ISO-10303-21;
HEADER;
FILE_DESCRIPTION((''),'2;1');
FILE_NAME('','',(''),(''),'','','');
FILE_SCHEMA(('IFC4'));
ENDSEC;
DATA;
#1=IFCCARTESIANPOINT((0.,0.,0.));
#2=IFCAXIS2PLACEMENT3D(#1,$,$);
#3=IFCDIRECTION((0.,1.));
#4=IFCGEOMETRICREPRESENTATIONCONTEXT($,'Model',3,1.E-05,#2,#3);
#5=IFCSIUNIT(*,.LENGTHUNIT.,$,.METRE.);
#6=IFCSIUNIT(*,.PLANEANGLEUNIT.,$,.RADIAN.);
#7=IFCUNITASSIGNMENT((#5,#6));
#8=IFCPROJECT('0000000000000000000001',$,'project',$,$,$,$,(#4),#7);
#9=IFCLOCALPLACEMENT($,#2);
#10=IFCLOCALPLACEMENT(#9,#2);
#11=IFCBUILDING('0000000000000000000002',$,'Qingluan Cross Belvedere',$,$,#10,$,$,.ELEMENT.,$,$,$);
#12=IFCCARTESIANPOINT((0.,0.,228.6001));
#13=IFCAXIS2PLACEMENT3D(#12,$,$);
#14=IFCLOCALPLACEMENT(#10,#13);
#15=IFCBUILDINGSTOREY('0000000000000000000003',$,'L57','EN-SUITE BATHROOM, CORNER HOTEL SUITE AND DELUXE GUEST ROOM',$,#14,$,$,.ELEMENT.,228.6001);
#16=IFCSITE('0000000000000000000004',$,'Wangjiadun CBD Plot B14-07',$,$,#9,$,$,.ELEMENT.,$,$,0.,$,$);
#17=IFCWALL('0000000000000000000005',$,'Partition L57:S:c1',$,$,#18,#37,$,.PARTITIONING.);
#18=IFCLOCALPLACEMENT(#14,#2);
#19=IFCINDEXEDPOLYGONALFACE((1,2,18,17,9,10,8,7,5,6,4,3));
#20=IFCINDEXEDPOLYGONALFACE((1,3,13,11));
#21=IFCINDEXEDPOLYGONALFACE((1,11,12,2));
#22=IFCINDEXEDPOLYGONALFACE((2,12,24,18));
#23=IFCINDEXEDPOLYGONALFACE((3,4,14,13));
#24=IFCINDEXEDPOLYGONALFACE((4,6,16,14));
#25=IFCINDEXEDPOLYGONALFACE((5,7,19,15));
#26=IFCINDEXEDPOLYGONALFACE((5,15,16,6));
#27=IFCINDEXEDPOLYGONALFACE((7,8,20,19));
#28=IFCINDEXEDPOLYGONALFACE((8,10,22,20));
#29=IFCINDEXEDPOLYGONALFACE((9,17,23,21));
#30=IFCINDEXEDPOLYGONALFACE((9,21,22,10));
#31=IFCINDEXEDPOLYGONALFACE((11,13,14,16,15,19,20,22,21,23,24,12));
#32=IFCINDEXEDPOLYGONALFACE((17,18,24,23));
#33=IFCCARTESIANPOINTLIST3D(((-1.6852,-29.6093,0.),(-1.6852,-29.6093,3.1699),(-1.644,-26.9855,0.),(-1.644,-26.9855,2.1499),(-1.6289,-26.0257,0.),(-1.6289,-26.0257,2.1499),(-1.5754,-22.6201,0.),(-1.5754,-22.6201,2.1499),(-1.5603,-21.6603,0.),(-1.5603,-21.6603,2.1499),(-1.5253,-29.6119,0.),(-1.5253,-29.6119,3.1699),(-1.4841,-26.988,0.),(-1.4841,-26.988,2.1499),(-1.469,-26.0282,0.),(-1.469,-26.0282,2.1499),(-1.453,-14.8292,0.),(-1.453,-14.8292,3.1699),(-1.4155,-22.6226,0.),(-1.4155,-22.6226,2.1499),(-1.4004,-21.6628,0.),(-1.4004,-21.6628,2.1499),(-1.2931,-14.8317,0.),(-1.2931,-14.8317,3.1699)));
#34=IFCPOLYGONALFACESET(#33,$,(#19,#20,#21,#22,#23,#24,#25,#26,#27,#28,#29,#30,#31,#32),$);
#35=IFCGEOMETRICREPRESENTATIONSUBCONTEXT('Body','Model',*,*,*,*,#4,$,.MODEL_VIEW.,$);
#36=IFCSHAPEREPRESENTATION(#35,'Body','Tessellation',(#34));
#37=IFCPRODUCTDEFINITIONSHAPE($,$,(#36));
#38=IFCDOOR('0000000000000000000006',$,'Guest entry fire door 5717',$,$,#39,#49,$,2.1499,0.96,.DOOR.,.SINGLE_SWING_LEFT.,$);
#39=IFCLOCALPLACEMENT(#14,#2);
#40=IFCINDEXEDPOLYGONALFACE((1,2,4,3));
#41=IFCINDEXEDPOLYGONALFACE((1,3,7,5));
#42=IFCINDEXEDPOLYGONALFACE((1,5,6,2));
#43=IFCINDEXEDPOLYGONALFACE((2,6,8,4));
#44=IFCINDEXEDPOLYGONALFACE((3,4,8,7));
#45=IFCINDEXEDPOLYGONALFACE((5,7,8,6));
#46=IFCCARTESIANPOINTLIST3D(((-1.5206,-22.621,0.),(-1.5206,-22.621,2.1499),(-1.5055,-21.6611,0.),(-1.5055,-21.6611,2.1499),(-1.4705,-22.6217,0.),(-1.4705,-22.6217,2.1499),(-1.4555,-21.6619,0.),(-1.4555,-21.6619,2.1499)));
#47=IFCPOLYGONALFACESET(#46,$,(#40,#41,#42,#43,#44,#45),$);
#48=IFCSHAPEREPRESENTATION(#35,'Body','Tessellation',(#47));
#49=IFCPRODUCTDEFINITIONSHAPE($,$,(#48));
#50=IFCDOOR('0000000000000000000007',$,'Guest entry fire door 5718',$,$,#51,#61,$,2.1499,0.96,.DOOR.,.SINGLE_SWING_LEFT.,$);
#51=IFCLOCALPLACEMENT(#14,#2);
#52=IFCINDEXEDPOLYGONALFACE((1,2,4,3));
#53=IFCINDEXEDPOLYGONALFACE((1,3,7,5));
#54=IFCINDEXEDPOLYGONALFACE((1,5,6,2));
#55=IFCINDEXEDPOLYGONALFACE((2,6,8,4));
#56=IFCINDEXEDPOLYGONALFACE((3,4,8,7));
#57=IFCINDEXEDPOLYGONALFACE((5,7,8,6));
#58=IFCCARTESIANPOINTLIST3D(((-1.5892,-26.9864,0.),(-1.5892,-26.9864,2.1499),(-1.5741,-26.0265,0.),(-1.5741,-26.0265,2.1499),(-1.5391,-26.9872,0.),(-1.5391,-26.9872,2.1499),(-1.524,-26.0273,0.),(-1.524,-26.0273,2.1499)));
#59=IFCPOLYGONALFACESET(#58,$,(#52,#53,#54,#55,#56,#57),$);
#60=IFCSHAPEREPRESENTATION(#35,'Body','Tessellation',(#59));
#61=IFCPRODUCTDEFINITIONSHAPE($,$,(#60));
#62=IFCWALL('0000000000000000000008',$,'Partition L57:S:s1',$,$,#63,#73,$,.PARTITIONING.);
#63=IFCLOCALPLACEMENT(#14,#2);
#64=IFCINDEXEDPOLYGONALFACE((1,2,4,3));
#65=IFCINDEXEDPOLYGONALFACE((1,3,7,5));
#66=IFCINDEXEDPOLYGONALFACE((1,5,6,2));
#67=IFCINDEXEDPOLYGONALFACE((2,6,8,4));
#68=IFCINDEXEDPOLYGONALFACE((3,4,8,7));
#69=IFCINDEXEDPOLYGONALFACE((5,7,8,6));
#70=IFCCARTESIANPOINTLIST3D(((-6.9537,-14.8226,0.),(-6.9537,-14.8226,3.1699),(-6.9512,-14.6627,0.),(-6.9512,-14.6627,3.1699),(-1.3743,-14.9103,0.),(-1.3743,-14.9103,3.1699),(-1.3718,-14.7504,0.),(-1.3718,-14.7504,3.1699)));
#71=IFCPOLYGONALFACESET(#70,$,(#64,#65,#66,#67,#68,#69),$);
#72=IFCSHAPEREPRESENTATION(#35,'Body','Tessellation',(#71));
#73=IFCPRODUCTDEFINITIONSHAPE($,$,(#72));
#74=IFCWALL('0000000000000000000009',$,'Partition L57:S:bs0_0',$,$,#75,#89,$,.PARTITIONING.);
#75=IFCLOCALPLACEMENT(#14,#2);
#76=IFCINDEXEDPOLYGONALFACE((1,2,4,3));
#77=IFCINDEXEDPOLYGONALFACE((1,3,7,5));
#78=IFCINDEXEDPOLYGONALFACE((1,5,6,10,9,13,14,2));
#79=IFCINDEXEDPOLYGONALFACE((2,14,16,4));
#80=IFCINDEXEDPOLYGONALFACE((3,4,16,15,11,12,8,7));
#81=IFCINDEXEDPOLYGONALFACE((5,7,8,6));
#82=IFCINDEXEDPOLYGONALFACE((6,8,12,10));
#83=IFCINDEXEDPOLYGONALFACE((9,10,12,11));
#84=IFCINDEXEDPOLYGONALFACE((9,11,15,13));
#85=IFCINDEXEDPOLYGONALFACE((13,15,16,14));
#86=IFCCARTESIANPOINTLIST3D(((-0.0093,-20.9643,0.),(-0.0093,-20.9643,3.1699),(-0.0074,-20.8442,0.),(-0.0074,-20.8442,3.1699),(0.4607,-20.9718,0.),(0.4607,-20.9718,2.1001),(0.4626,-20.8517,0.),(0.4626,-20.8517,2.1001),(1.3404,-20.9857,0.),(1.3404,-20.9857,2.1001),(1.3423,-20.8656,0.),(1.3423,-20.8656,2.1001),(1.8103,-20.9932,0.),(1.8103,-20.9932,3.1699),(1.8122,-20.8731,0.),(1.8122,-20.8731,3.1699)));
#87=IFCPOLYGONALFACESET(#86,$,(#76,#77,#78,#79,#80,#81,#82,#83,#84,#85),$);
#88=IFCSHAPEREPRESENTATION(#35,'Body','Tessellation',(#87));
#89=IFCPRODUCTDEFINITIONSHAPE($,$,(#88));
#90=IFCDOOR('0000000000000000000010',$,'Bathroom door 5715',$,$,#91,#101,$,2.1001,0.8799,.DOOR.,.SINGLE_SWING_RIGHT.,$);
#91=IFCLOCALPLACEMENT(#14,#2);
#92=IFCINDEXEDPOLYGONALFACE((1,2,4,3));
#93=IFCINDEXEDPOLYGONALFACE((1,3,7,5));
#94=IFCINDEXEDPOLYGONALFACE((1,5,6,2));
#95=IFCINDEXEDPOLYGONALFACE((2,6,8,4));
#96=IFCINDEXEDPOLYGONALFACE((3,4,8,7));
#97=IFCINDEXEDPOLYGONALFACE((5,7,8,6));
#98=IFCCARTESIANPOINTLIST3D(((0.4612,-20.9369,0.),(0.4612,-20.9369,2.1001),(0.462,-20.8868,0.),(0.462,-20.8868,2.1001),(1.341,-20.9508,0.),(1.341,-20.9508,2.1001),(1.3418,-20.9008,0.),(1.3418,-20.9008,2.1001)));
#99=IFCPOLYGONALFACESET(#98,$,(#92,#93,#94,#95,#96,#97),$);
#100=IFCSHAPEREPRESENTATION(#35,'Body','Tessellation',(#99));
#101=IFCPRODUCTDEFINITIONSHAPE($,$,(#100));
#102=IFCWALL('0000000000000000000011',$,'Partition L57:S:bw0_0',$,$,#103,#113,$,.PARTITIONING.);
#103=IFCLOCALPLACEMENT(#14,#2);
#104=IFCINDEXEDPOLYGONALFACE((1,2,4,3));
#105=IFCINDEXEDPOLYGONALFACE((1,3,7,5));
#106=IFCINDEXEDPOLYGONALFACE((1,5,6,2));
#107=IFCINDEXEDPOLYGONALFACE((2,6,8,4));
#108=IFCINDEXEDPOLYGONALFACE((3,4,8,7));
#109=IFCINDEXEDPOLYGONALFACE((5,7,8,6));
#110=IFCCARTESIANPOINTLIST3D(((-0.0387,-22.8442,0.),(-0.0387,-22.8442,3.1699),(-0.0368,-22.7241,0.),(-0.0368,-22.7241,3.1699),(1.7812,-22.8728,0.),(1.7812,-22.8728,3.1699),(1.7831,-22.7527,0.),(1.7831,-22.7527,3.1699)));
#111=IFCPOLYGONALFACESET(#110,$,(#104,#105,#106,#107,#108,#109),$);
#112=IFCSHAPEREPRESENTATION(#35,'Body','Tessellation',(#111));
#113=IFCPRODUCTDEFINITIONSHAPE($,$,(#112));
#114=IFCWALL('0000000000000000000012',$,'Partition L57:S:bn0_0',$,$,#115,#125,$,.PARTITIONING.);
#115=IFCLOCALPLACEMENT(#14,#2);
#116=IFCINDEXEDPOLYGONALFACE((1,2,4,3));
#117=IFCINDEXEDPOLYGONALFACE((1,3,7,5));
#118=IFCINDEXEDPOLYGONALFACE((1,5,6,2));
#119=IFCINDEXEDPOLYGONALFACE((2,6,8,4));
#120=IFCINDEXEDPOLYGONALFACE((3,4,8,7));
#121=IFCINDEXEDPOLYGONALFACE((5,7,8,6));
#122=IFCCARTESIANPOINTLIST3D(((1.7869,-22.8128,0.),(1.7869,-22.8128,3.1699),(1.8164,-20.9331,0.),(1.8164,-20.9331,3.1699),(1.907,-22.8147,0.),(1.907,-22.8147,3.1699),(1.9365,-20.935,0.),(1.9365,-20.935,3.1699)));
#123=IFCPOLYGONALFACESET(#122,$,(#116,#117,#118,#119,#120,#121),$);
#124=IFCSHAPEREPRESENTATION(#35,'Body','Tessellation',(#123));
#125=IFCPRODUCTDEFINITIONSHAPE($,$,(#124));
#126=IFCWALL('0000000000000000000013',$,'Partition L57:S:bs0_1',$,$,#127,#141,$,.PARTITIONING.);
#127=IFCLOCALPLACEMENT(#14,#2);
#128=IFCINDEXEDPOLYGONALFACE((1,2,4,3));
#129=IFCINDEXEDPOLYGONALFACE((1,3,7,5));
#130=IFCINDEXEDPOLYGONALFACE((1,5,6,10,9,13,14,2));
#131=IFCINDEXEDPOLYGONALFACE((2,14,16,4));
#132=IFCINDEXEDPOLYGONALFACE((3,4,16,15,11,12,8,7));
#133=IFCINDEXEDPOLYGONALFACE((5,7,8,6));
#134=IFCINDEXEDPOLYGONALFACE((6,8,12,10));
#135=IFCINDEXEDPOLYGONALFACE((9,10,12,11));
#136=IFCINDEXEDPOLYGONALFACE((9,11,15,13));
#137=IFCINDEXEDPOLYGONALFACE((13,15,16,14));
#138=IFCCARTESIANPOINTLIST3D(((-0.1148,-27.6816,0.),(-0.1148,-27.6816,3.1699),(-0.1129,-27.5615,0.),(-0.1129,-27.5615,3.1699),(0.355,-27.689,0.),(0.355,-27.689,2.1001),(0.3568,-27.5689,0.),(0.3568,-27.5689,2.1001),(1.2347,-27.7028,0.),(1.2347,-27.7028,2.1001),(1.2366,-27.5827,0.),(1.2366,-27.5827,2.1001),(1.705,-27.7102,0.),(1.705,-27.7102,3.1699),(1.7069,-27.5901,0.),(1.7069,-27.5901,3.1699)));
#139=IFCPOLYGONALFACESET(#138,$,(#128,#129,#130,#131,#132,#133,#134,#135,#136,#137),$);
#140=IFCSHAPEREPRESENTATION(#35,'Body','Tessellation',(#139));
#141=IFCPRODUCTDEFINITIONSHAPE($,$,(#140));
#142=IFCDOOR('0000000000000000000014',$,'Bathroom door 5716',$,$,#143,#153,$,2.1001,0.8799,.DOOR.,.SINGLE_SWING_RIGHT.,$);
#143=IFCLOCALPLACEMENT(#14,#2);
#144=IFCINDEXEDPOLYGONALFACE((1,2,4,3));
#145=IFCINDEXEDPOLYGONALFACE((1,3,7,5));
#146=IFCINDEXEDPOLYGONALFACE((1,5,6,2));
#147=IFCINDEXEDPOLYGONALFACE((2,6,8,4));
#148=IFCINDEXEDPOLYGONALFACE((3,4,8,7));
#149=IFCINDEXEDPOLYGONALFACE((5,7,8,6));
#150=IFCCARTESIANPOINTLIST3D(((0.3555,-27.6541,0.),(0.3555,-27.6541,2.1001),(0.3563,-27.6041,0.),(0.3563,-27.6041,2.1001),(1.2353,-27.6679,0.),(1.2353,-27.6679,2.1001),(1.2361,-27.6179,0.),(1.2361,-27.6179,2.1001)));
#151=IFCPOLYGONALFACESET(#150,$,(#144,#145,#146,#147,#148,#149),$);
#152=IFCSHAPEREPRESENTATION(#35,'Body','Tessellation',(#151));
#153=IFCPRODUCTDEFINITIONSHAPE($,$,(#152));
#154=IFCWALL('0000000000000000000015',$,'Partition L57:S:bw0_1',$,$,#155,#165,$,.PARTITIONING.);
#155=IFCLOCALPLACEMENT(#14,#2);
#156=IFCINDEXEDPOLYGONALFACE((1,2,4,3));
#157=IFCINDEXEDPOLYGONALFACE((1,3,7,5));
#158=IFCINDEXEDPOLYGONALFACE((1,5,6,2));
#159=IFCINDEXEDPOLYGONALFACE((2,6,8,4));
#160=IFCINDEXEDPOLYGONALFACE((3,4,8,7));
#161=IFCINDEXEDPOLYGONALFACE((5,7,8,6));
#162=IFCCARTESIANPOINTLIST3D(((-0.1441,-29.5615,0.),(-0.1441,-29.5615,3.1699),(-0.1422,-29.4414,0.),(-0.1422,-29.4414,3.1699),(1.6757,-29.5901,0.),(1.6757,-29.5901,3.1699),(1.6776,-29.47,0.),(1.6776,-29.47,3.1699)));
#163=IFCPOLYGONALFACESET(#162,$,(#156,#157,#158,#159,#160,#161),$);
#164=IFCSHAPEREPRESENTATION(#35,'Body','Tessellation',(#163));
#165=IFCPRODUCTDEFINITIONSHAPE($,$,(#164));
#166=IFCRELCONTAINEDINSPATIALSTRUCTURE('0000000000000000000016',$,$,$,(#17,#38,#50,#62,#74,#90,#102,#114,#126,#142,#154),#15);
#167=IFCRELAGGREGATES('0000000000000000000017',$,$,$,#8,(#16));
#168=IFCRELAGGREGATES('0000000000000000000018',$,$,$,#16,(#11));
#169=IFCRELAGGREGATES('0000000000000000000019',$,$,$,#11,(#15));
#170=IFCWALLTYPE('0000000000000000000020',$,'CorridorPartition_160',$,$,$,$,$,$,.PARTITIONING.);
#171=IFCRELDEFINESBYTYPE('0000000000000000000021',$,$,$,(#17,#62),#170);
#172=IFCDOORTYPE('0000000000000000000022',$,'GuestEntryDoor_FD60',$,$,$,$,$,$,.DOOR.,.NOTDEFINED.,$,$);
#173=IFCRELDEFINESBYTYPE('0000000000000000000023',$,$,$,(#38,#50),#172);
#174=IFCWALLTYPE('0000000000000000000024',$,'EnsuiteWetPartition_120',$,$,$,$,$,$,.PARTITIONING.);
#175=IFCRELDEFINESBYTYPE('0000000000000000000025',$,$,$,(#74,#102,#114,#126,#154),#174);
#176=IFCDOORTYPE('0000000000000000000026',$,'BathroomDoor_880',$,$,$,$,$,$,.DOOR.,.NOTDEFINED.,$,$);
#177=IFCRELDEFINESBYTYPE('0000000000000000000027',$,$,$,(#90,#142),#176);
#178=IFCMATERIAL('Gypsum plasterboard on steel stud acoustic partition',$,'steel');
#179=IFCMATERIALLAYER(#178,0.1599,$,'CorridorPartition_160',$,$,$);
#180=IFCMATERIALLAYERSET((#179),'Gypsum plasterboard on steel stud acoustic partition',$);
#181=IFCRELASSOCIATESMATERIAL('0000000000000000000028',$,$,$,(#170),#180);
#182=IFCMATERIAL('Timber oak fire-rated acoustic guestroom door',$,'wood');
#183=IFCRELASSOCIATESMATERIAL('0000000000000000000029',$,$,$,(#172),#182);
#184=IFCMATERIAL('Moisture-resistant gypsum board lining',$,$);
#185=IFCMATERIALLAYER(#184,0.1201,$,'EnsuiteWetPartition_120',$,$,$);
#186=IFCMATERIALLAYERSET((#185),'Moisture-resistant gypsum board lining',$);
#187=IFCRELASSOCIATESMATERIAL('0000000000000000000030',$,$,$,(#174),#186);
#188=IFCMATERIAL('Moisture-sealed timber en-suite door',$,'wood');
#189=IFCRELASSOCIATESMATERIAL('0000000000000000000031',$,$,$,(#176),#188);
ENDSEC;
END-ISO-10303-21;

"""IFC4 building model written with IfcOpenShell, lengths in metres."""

from ifc_helpers import new_model, si_unit, direction, frame, frame_2d, origin, place, context, subcontext, project, spatial, rectangle, extrude, material, layer, layer_set, type_object, element, fill, save


model = new_model("IFC4")

# Units and contexts
model_context = context("Model", 3, precision=1e-05, world=origin(), true_north=direction((0.0, 1.0)))
body_context = subcontext(model_context, "Body", "Model", "MODEL_VIEW")
ifc_project = project(units=[si_unit("LENGTHUNIT", "METRE"), si_unit("PLANEANGLEUNIT", "RADIAN")], contexts=[model_context])

# Site, building, storey
site_placement = place(None, origin())
site = spatial("IfcSite", under=ifc_project, at=site_placement, Name="Wangjiadun CBD Plot B14-07", CompositionType="ELEMENT", RefElevation=0.0)
building_placement = place(site_placement, origin())
building = spatial("IfcBuilding", under=site, at=building_placement, Name="Qingluan Cross Belvedere", CompositionType="ELEMENT")
storey_placement = place(building_placement, frame((0.0, 0.0, 228.6001)))
storey = spatial("IfcBuildingStorey", under=building, at=storey_placement, Name="L57", Description="EN-SUITE BATHROOM, CORNER HOTEL SUITE AND DELUXE GUEST ROOM", CompositionType="ELEMENT", Elevation=228.6001)

# Shared definitions
ifc_material_1 = material(Name="Gypsum plasterboard on steel stud acoustic partition", Category="steel")
ifc_layer_1 = layer(ifc_material_1, 0.1599, Name="CorridorPartition_160")
ifc_layer_set_1 = layer_set([ifc_layer_1], Name="Gypsum plasterboard on steel stud acoustic partition")
wall_type_1 = type_object("IfcWallType", Name="CorridorPartition_160", PredefinedType="PARTITIONING", material=ifc_layer_set_1)

# Shared definitions
ifc_material_2 = material(Name="Timber oak fire-rated acoustic guestroom door", Category="wood")
door_type_1 = type_object("IfcDoorType", Name="GuestEntryDoor_FD60", OperationType="NOTDEFINED", PredefinedType="DOOR", material=ifc_material_2)

# Wall, openings, doors
wall_1_placement = place(storey_placement, frame((-1.373, -14.8303, 0.0), z_axis=(0.0, 0.0, 1.0), x_axis=(-0.015707, -0.999877, 0.0)))
wall_1 = element("IfcWall", 1, at=wall_1_placement, inside=storey, type_object=wall_type_1, Name="Partition L57:S:c1", PredefinedType="PARTITIONING", context=body_context, shape_type="SweptSolid", body=[
    extrude(rectangle(XDim=14.782, YDim=0.1599, at=frame_2d((7.3911, 0.0))), origin(), (0.0, 0.0, 1.0), 3.1699),
])
opening_1_placement = place(wall_1_placement, frame((6.832, 0.0, 0.0)))
opening_1 = element("IfcOpeningElement", 2, at=opening_1_placement, cuts=wall_1, PredefinedType="OPENING", context=body_context, shape_type="SweptSolid", body=[
    extrude(rectangle(XDim=0.96, YDim=2.1499, at=frame_2d((0.48, 1.075))), frame((0.0, 0.0898, 0.0), z_axis=(0.0, -1.0, 0.0), x_axis=(1.0, 0.0, 0.0)), (0.0, 0.0, 1.0), 0.1799),
])
opening_2_placement = place(wall_1_placement, frame((11.198, 0.0, 0.0)))
opening_2 = element("IfcOpeningElement", 3, at=opening_2_placement, cuts=wall_1, PredefinedType="OPENING", context=body_context, shape_type="SweptSolid", body=[
    extrude(rectangle(XDim=0.96, YDim=2.1499, at=frame_2d((0.48, 1.075))), frame((0.0, 0.0898, 0.0), z_axis=(0.0, -1.0, 0.0), x_axis=(1.0, 0.0, 0.0)), (0.0, 0.0, 1.0), 0.1799),
])
door_1_placement = place(opening_1_placement, origin())
door_1 = element("IfcDoor", 4, at=door_1_placement, inside=storey, type_object=door_type_1, Name="Guest entry fire door 5717", OperationType="SINGLE_SWING_LEFT", OverallHeight=2.1499, OverallWidth=0.96, PredefinedType="DOOR", context=body_context, shape_type="SweptSolid", body=[
    extrude(rectangle(XDim=0.96, YDim=2.1499, at=frame_2d((0.48, 1.075))), frame((0.0, 0.0249, 0.0), z_axis=(0.0, -1.0, 0.0), x_axis=(1.0, 0.0, 0.0)), (0.0, 0.0, 1.0), 0.05),
])
fill(opening_1, door_1)
door_2_placement = place(opening_2_placement, origin())
door_2 = element("IfcDoor", 5, at=door_2_placement, inside=storey, type_object=door_type_1, Name="Guest entry fire door 5718", OperationType="SINGLE_SWING_LEFT", OverallHeight=2.1499, OverallWidth=0.96, PredefinedType="DOOR", context=body_context, shape_type="SweptSolid", body=[
    extrude(rectangle(XDim=0.96, YDim=2.1499, at=frame_2d((0.48, 1.075))), frame((0.0, 0.0249, 0.0), z_axis=(0.0, -1.0, 0.0), x_axis=(1.0, 0.0, 0.0)), (0.0, 0.0, 1.0), 0.05),
])
fill(opening_2, door_2)

# Wall
wall_2_placement = place(storey_placement, frame((-1.373, -14.8303, 0.0), z_axis=(0.0, 0.0, 1.0), x_axis=(-0.999877, 0.015707, 0.0)))
element("IfcWall", 6, at=wall_2_placement, inside=storey, type_object=wall_type_1, Name="Partition L57:S:s1", PredefinedType="PARTITIONING", context=body_context, shape_type="SweptSolid", body=[
    extrude(rectangle(XDim=5.5801, YDim=0.1599, at=frame_2d((2.79, 0.0))), origin(), (0.0, 0.0, 1.0), 3.1699),
])

# Wall, opening, door
ifc_material_3 = material(Name="Moisture-resistant gypsum board lining")
ifc_layer_2 = layer(ifc_material_3, 0.1201, Name="EnsuiteWetPartition_120")
ifc_layer_set_2 = layer_set([ifc_layer_2], Name="Moisture-resistant gypsum board lining")
wall_type_2 = type_object("IfcWallType", Name="EnsuiteWetPartition_120", PredefinedType="PARTITIONING", material=ifc_layer_set_2)
wall_3_placement = place(storey_placement, frame((-0.0083, -20.9043, 0.0), z_axis=(0.0, 0.0, 1.0), x_axis=(0.999875, -0.015831, 0.0)))
wall_3 = element("IfcWall", 7, at=wall_3_placement, inside=storey, type_object=wall_type_2, Name="Partition L57:S:bs0_0", PredefinedType="PARTITIONING", context=body_context, shape_type="SweptSolid", body=[
    extrude(rectangle(XDim=1.8198, YDim=0.1201, at=frame_2d((0.9099, 0.0))), origin(), (0.0, 0.0, 1.0), 3.1699),
])
opening_3_placement = place(wall_3_placement, frame((0.47, 0.0, 0.0)))
opening_3 = element("IfcOpeningElement", 8, at=opening_3_placement, cuts=wall_3, PredefinedType="OPENING", context=body_context, shape_type="SweptSolid", body=[
    extrude(rectangle(XDim=0.8799, YDim=2.1001, at=frame_2d((0.4399, 1.05))), frame((0.0, 0.0701, 0.0), z_axis=(0.0, -1.0, 0.0), x_axis=(1.0, 0.0, 0.0)), (0.0, 0.0, 1.0), 0.1401),
])
ifc_material_4 = material(Name="Moisture-sealed timber en-suite door", Category="wood")
door_type_2 = type_object("IfcDoorType", Name="BathroomDoor_880", OperationType="NOTDEFINED", PredefinedType="DOOR", material=ifc_material_4)
door_3_placement = place(opening_3_placement, origin())
door_3 = element("IfcDoor", 9, at=door_3_placement, inside=storey, type_object=door_type_2, Name="Bathroom door 5715", OperationType="SINGLE_SWING_RIGHT", OverallHeight=2.1001, OverallWidth=0.8799, PredefinedType="DOOR", context=body_context, shape_type="SweptSolid", body=[
    extrude(rectangle(XDim=0.8799, YDim=2.1001, at=frame_2d((0.4399, 1.05))), frame((0.0, 0.0249, 0.0), z_axis=(0.0, -1.0, 0.0), x_axis=(1.0, 0.0, 0.0)), (0.0, 0.0, 1.0), 0.05),
])
fill(opening_3, door_3)

# Walls
wall_4_placement = place(storey_placement, frame((-0.0378, -22.7842, 0.0), z_axis=(0.0, 0.0, 1.0), x_axis=(0.999877, -0.015694, 0.0)))
element("IfcWall", 10, at=wall_4_placement, inside=storey, type_object=wall_type_2, Name="Partition L57:S:bw0_0", PredefinedType="PARTITIONING", context=body_context, shape_type="SweptSolid", body=[
    extrude(rectangle(XDim=1.8201, YDim=0.1201, at=frame_2d((0.9102, 0.0))), origin(), (0.0, 0.0, 1.0), 3.1699),
])
wall_5_placement = place(storey_placement, frame((1.8765, -20.9341, 0.0), z_axis=(0.0, 0.0, 1.0), x_axis=(-0.015714, -0.999877, 0.0)))
element("IfcWall", 11, at=wall_5_placement, inside=storey, type_object=wall_type_2, Name="Partition L57:S:bn0_0", PredefinedType="PARTITIONING", context=body_context, shape_type="SweptSolid", body=[
    extrude(rectangle(XDim=1.8799, YDim=0.1201, at=frame_2d((0.9399, 0.0))), origin(), (0.0, 0.0, 1.0), 3.1699),
])

# Wall, opening, door
wall_6_placement = place(storey_placement, frame((-0.114, -27.6216, 0.0), z_axis=(0.0, 0.0, 1.0), x_axis=(0.999877, -0.015694, 0.0)))
wall_6 = element("IfcWall", 12, at=wall_6_placement, inside=storey, type_object=wall_type_2, Name="Partition L57:S:bs0_1", PredefinedType="PARTITIONING", context=body_context, shape_type="SweptSolid", body=[
    extrude(rectangle(XDim=1.8201, YDim=0.1201, at=frame_2d((0.9102, 0.0))), origin(), (0.0, 0.0, 1.0), 3.1699),
])
opening_4_placement = place(wall_6_placement, frame((0.47, 0.0, 0.0)))
opening_4 = element("IfcOpeningElement", 13, at=opening_4_placement, cuts=wall_6, PredefinedType="OPENING", context=body_context, shape_type="SweptSolid", body=[
    extrude(rectangle(XDim=0.8799, YDim=2.1001, at=frame_2d((0.4399, 1.05))), frame((0.0, 0.0701, 0.0), z_axis=(0.0, -1.0, 0.0), x_axis=(1.0, 0.0, 0.0)), (0.0, 0.0, 1.0), 0.1401),
])
door_4_placement = place(opening_4_placement, origin())
door_4 = element("IfcDoor", 14, at=door_4_placement, inside=storey, type_object=door_type_2, Name="Bathroom door 5716", OperationType="SINGLE_SWING_RIGHT", OverallHeight=2.1001, OverallWidth=0.8799, PredefinedType="DOOR", context=body_context, shape_type="SweptSolid", body=[
    extrude(rectangle(XDim=0.8799, YDim=2.1001, at=frame_2d((0.4399, 1.05))), frame((0.0, 0.0249, 0.0), z_axis=(0.0, -1.0, 0.0), x_axis=(1.0, 0.0, 0.0)), (0.0, 0.0, 1.0), 0.05),
])
fill(opening_4, door_4)

# Wall
wall_7_placement = place(storey_placement, frame((-0.1433, -29.5015, 0.0), z_axis=(0.0, 0.0, 1.0), x_axis=(0.999877, -0.015694, 0.0)))
element("IfcWall", 15, at=wall_7_placement, inside=storey, type_object=wall_type_2, Name="Partition L57:S:bw0_1", PredefinedType="PARTITIONING", context=body_context, shape_type="SweptSolid", body=[
    extrude(rectangle(XDim=1.8201, YDim=0.1201, at=frame_2d((0.9102, 0.0))), origin(), (0.0, 0.0, 1.0), 3.1699),
])

save(model, "model.ifc")
